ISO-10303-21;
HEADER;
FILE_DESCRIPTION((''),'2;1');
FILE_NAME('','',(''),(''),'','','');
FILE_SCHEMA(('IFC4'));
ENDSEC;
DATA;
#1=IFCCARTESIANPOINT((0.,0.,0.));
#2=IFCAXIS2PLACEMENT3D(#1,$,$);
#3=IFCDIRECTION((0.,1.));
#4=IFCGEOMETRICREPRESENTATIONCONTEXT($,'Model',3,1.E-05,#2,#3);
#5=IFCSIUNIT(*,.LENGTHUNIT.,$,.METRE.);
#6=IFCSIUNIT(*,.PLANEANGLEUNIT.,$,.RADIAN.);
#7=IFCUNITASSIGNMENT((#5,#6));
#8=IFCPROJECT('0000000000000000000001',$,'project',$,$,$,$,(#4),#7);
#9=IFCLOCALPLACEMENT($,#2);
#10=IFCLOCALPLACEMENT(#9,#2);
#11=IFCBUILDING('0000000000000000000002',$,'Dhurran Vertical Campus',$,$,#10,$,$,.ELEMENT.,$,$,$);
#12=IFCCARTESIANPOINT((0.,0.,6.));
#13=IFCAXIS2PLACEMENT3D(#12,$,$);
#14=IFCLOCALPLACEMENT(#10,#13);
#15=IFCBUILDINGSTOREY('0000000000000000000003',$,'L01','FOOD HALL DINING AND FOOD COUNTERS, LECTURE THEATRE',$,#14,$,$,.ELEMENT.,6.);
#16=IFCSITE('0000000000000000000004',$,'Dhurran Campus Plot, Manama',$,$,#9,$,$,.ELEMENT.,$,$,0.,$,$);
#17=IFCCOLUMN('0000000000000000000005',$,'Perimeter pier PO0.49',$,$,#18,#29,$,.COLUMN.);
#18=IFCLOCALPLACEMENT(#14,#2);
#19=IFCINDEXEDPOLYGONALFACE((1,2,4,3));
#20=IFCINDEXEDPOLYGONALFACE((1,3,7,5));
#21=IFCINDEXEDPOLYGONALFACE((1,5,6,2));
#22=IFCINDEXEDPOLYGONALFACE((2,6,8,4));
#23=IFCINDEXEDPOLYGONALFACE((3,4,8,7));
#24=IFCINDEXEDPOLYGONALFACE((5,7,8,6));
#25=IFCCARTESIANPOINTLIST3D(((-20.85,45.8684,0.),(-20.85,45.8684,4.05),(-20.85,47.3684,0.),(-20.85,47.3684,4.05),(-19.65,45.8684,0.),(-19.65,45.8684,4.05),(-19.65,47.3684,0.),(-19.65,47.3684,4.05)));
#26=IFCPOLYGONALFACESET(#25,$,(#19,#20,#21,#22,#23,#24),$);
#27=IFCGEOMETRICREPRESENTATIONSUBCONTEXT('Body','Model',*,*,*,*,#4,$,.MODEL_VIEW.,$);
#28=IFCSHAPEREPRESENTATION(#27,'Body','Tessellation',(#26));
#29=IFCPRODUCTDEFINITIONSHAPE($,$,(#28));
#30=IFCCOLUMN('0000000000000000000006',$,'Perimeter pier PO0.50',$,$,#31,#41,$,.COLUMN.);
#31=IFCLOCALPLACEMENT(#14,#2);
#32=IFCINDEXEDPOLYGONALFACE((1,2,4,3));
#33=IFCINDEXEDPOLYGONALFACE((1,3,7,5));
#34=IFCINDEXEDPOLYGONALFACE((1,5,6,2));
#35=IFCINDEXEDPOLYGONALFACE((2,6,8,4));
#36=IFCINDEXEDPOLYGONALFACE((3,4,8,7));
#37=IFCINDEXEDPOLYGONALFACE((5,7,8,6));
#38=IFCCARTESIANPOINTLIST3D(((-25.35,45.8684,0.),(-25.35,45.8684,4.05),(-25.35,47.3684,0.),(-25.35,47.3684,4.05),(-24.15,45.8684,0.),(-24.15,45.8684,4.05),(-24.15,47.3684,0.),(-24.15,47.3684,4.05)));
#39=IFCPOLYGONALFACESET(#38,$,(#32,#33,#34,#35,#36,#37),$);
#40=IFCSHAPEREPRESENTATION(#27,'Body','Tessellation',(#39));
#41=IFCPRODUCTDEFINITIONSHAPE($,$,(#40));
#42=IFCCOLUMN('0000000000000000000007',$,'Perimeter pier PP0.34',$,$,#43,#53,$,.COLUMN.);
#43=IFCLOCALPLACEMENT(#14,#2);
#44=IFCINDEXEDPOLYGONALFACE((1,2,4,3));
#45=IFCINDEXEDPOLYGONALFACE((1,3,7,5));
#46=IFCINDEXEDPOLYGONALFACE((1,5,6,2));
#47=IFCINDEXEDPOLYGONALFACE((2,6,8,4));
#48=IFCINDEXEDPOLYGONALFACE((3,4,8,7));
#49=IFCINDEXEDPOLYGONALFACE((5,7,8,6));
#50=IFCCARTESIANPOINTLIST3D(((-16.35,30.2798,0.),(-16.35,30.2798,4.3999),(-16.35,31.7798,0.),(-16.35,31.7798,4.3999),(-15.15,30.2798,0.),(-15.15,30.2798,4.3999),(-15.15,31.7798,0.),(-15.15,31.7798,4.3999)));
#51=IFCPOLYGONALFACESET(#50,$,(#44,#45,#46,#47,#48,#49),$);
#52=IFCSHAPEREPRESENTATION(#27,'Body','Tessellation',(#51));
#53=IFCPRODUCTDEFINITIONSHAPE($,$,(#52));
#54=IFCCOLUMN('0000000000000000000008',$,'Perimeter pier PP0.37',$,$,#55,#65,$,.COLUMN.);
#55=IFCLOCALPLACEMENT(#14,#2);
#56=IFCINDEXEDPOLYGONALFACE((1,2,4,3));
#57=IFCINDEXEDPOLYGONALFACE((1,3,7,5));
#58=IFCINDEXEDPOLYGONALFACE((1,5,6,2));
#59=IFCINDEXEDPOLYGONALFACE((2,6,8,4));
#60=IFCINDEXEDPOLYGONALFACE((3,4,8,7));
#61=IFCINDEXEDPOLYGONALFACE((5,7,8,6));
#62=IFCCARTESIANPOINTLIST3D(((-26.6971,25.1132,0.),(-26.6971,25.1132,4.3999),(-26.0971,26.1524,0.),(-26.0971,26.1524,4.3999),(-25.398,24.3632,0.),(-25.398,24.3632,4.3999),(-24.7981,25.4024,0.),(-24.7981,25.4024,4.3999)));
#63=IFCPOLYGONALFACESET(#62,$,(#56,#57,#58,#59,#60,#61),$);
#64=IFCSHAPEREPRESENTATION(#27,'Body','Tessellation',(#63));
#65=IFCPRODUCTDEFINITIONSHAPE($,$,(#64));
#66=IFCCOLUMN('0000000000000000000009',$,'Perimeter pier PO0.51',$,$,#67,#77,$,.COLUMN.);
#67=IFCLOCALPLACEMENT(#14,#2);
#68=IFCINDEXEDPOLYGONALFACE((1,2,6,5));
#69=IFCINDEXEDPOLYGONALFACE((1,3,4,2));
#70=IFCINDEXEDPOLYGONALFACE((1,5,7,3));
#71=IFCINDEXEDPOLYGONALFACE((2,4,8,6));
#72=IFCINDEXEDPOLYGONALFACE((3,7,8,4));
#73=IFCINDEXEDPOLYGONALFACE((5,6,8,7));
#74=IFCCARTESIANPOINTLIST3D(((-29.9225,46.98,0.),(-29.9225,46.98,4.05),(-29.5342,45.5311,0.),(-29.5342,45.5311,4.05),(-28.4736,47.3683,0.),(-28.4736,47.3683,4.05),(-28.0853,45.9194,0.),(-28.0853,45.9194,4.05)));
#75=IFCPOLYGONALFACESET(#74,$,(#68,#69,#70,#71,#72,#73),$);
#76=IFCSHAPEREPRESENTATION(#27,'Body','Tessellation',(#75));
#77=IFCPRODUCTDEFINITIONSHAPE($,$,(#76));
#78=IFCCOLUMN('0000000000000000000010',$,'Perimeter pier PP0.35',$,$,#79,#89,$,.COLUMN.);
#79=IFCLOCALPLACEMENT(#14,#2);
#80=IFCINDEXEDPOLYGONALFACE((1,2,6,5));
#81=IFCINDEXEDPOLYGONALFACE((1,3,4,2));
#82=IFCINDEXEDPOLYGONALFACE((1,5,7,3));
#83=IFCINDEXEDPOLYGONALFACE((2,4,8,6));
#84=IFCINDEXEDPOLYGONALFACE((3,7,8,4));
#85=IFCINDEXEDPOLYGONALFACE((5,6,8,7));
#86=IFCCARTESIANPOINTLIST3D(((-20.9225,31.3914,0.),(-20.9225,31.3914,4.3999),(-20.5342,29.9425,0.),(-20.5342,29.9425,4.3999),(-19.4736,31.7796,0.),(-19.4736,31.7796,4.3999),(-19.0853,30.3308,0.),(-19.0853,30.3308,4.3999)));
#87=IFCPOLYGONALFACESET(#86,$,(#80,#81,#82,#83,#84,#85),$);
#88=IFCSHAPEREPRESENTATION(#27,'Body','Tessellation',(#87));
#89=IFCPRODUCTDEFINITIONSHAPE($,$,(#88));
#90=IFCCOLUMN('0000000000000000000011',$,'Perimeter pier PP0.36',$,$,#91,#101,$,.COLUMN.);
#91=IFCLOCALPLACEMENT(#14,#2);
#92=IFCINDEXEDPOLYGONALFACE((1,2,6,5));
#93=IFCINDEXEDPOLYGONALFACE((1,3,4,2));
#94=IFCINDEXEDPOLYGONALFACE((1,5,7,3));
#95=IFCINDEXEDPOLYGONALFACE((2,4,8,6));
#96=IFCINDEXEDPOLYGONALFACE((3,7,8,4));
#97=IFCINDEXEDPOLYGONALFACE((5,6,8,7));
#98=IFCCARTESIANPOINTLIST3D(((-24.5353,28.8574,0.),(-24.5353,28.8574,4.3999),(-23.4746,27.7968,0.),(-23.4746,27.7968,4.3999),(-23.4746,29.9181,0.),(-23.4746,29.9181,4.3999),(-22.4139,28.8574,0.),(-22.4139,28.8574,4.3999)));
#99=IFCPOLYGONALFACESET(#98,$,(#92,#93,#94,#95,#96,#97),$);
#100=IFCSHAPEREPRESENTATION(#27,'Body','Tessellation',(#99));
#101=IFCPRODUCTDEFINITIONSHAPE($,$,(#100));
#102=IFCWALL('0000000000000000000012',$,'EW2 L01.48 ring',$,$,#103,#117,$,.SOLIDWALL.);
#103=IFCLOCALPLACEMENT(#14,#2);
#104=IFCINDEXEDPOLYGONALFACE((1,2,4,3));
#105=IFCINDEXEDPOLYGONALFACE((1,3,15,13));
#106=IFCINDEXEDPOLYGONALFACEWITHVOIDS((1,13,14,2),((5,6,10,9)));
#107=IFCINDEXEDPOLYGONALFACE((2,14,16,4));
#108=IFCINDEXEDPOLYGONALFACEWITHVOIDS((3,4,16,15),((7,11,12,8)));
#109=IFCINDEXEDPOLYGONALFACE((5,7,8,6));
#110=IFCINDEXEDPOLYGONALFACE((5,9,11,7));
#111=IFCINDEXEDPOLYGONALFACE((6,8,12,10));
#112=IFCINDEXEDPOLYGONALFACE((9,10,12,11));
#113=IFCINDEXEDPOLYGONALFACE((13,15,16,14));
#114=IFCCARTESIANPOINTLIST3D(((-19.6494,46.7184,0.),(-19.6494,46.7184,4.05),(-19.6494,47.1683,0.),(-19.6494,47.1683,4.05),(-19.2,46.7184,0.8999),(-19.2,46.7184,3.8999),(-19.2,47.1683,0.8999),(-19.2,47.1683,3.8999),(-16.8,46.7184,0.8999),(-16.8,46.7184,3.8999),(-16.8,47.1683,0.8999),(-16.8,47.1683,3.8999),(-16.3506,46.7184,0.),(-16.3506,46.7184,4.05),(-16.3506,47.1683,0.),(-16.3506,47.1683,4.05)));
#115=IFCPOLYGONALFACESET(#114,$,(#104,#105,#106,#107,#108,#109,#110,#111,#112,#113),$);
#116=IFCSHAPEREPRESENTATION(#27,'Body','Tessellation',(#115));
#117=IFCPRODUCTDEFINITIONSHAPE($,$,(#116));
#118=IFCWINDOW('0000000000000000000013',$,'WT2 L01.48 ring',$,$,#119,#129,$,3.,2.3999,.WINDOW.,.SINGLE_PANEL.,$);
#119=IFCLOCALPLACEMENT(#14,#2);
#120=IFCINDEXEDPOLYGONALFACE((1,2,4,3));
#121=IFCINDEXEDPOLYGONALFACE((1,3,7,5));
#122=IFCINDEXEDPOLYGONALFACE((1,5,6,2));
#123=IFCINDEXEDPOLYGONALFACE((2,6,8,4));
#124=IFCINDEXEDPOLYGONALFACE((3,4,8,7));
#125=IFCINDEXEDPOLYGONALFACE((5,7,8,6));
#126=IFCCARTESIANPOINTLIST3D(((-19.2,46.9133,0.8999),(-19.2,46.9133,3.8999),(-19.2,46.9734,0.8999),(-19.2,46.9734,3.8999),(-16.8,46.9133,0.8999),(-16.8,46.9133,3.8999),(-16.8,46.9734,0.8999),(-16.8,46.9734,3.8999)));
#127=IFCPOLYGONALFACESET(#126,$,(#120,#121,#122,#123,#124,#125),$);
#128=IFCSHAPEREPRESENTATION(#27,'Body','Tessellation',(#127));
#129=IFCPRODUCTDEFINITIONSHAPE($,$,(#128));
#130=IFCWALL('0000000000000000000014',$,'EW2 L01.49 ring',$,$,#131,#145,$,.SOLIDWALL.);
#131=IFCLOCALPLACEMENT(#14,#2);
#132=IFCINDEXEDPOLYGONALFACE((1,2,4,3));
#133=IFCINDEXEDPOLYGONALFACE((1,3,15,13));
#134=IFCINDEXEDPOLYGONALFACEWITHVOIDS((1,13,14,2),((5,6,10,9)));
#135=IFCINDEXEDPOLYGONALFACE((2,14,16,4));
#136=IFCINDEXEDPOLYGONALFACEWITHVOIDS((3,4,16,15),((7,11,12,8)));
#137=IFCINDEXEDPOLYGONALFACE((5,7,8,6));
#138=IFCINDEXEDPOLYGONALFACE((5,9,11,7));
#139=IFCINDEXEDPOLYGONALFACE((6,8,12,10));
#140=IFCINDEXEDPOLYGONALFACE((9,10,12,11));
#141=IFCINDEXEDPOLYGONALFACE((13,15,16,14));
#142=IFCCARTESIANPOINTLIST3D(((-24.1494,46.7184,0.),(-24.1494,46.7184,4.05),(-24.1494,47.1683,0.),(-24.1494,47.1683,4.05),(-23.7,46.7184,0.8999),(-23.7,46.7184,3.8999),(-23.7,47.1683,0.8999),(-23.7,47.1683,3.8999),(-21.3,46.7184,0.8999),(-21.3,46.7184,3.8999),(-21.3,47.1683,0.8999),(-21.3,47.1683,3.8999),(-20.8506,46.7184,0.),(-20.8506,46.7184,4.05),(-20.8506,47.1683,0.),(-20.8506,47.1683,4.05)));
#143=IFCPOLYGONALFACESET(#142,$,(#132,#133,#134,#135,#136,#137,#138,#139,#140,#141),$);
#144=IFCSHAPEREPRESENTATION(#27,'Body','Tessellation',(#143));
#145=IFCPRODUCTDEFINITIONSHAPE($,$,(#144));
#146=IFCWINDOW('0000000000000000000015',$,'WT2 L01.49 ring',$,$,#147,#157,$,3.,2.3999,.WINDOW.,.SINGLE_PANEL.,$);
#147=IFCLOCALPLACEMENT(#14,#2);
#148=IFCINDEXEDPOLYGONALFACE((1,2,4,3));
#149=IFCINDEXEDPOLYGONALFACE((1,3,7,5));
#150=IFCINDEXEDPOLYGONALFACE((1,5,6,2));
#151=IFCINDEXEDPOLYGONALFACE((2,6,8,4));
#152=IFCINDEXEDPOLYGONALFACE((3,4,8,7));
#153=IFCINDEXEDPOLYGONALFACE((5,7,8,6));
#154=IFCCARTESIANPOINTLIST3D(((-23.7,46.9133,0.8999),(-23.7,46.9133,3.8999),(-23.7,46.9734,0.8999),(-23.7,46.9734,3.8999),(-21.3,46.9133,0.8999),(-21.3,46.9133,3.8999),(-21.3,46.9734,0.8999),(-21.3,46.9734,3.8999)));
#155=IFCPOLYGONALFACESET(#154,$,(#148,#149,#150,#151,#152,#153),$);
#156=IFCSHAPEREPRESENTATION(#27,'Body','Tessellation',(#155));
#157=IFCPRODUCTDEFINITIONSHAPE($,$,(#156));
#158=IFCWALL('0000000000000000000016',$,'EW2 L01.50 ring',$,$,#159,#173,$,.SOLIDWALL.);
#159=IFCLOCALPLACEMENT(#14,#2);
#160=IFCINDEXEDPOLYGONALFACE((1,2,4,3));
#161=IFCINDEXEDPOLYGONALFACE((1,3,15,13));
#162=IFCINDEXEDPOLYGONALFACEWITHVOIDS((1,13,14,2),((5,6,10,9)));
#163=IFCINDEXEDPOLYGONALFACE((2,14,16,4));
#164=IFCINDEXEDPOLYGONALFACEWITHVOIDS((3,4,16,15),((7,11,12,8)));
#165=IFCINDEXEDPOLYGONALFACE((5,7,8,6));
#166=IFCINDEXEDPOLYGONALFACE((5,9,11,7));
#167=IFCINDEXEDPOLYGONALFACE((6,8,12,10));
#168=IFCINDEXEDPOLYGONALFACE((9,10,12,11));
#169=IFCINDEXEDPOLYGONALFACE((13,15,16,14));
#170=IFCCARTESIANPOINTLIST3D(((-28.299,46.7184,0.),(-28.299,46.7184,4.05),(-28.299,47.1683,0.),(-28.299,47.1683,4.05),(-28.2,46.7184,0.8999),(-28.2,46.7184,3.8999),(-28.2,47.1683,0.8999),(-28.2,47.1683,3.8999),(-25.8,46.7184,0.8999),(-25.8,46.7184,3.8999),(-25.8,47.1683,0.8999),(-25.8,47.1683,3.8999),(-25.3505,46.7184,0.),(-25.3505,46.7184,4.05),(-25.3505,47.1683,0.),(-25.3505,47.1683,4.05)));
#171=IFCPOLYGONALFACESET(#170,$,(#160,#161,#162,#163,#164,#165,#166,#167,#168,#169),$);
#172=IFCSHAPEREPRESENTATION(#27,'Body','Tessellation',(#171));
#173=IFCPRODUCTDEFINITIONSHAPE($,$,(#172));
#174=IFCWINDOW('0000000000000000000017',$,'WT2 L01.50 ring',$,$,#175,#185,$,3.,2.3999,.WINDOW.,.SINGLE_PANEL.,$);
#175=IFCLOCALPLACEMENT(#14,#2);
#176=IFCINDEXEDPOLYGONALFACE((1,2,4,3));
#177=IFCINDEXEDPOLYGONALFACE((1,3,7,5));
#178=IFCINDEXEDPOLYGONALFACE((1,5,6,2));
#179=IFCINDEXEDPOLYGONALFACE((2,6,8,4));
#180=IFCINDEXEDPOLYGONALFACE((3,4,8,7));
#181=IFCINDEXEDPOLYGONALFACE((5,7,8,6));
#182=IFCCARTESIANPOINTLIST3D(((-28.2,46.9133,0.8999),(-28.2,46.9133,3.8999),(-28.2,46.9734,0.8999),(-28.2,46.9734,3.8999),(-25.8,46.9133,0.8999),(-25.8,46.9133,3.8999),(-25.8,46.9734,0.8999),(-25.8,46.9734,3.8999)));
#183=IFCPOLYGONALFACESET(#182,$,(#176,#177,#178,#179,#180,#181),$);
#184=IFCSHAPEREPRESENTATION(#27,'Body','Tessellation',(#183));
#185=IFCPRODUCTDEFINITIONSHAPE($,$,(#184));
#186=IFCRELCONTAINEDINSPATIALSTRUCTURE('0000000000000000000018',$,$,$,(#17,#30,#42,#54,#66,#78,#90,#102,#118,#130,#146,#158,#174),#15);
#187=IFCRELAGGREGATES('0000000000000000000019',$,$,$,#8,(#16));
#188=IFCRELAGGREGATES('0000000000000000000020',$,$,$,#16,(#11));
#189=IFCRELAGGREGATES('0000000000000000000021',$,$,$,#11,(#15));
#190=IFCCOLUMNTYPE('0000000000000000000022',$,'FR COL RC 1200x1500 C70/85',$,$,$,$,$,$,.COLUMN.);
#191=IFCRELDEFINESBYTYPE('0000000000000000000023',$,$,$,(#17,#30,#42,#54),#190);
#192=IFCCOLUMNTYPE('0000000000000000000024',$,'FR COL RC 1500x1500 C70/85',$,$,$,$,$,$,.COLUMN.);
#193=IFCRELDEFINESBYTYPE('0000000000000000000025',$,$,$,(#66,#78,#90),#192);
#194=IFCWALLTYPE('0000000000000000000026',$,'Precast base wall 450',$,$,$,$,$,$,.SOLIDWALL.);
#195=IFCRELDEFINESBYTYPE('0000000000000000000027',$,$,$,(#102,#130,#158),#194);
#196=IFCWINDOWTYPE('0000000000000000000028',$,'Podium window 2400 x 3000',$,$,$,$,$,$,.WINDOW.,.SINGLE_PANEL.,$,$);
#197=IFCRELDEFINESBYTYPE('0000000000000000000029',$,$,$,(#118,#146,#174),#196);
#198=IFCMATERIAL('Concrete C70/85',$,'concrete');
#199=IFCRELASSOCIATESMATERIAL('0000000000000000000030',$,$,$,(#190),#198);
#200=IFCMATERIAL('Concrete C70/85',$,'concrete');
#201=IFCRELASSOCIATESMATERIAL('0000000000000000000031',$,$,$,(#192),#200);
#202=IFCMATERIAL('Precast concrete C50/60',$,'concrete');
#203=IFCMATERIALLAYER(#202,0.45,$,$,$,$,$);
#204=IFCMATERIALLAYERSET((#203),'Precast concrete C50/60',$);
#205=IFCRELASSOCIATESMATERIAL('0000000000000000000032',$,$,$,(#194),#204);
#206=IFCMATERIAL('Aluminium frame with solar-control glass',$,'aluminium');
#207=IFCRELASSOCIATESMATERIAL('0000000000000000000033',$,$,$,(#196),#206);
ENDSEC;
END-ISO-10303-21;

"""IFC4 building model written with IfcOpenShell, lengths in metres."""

from ifc_helpers import new_model, si_unit, direction, frame, frame_2d, origin, origin_2d, place, context, subcontext, project, spatial, rectangle, extrude, material, layer, layer_set, material_profile, profile_set, type_object, element, fill, save


model = new_model("IFC4")

# Units and contexts
model_context = context("Model", 3, precision=1e-05, world=origin(), true_north=direction((0.0, 1.0)))
body_context = subcontext(model_context, "Body", "Model", "MODEL_VIEW")
ifc_project = project(units=[si_unit("LENGTHUNIT", "METRE"), si_unit("PLANEANGLEUNIT", "RADIAN")], contexts=[model_context])

# Site, building, storey
site_placement = place(None, origin())
site = spatial("IfcSite", under=ifc_project, at=site_placement, Name="Dhurran Campus Plot, Manama", CompositionType="ELEMENT", RefElevation=0.0)
building_placement = place(site_placement, origin())
building = spatial("IfcBuilding", under=site, at=building_placement, Name="Dhurran Vertical Campus", CompositionType="ELEMENT")
storey_placement = place(building_placement, frame((0.0, 0.0, 6.0)))
storey = spatial("IfcBuildingStorey", under=building, at=storey_placement, Name="L01", Description="FOOD HALL DINING AND FOOD COUNTERS, LECTURE THEATRE", CompositionType="ELEMENT", Elevation=6.0)

# Columns
ifc_material_1 = material(Name="Concrete C70/85", Category="concrete")
ifc_material_profile_1 = material_profile(ifc_material_1, rectangle(XDim=1.2, YDim=1.5, at=origin_2d()), Name="RC 1200x1500")
ifc_profile_set_1 = profile_set([ifc_material_profile_1], Name="Concrete C70/85")
column_type_1 = type_object("IfcColumnType", Name="FR COL RC 1200x1500 C70/85", PredefinedType="COLUMN", material=ifc_profile_set_1)
for number, where, z_axis, x_axis, name in (
    (1, (-20.25, 46.6184, 0.0), (0.0, 0.0, 1.0), (-1.0, 0.0, 0.0), "Perimeter pier PO0.49"),
    (2, (-24.75, 46.6184, 0.0), (0.0, 0.0, 1.0), (-1.0, 0.0, 0.0), "Perimeter pier PO0.50"),
):
    element("IfcColumn", number, at=place(storey_placement, frame(where, z_axis=z_axis, x_axis=x_axis)), inside=storey, type_object=column_type_1, Name=name, PredefinedType="COLUMN", context=body_context, shape_type="SweptSolid", body=[
        extrude(rectangle(XDim=1.2, YDim=1.5, at=origin_2d()), origin(), (0.0, 0.0, 1.0), 4.05),
    ])
for number, where, z_axis, x_axis, name in (
    (3, (-15.75, 31.0298, 0.0), (0.0, 0.0, 1.0), (-1.0, 0.0, 0.0), "Perimeter pier PP0.34"),
    (4, (-25.7476, 25.2578, 0.0), (0.0, 0.0, 1.0), (-0.5, -0.866025, 0.0), "Perimeter pier PP0.37"),
):
    element("IfcColumn", number, at=place(storey_placement, frame(where, z_axis=z_axis, x_axis=x_axis)), inside=storey, type_object=column_type_1, Name=name, PredefinedType="COLUMN", context=body_context, shape_type="SweptSolid", body=[
        extrude(rectangle(XDim=1.2, YDim=1.5, at=origin_2d()), origin(), (0.0, 0.0, 1.0), 4.3999),
    ])
ifc_material_2 = material(Name="Concrete C70/85", Category="concrete")
ifc_material_profile_2 = material_profile(ifc_material_2, rectangle(XDim=1.5, YDim=1.5, at=origin_2d()), Name="RC 1500x1500")
ifc_profile_set_2 = profile_set([ifc_material_profile_2], Name="Concrete C70/85")
column_type_2 = type_object("IfcColumnType", Name="FR COL RC 1500x1500 C70/85", PredefinedType="COLUMN", material=ifc_profile_set_2)
column_placement = place(storey_placement, frame((-29.0039, 46.4497, 0.0), z_axis=(0.0, 0.0, 1.0), x_axis=(-0.965926, -0.258819, 0.0)))
element("IfcColumn", 5, at=column_placement, inside=storey, type_object=column_type_2, Name="Perimeter pier PO0.51", PredefinedType="COLUMN", context=body_context, shape_type="SweptSolid", body=[
    extrude(rectangle(XDim=1.5, YDim=1.5, at=origin_2d()), origin(), (0.0, 0.0, 1.0), 4.05),
])
for number, where, z_axis, x_axis, name in (
    (6, (-20.0039, 30.8611, 0.0), (0.0, 0.0, 1.0), (-0.965926, -0.258819, 0.0), "Perimeter pier PP0.35"),
    (7, (-23.4746, 28.8574, 0.0), (0.0, 0.0, 1.0), (-0.707107, -0.707107, 0.0), "Perimeter pier PP0.36"),
):
    element("IfcColumn", number, at=place(storey_placement, frame(where, z_axis=z_axis, x_axis=x_axis)), inside=storey, type_object=column_type_2, Name=name, PredefinedType="COLUMN", context=body_context, shape_type="SweptSolid", body=[
        extrude(rectangle(XDim=1.5, YDim=1.5, at=origin_2d()), origin(), (0.0, 0.0, 1.0), 4.3999),
    ])

# Walls, openings, windows
ifc_material_3 = material(Name="Precast concrete C50/60", Category="concrete")
ifc_layer_1 = layer(ifc_material_3, 0.45)
ifc_layer_set_1 = layer_set([ifc_layer_1], Name="Precast concrete C50/60")
wall_type_1 = type_object("IfcWallType", Name="Precast base wall 450", PredefinedType="SOLIDWALL", material=ifc_layer_set_1)
wall_1_placement = place(storey_placement, frame((-16.3506, 46.9434, 0.0), z_axis=(0.0, 0.0, 1.0), x_axis=(-1.0, 0.0, 0.0)))
wall_1 = element("IfcWall", 8, at=wall_1_placement, inside=storey, type_object=wall_type_1, Name="EW2 L01.48 ring", PredefinedType="SOLIDWALL", context=body_context, shape_type="SweptSolid", body=[
    extrude(rectangle(XDim=3.2988, YDim=0.45, at=frame_2d((1.6494, 0.0))), origin(), (0.0, 0.0, 1.0), 4.05),
])
opening_1_placement = place(wall_1_placement, frame((0.4495, 0.0, 0.8999)))
opening_1 = element("IfcOpeningElement", 9, at=opening_1_placement, cuts=wall_1, PredefinedType="OPENING", context=body_context, shape_type="SweptSolid", body=[
    extrude(rectangle(XDim=2.3999, YDim=3.0, at=frame_2d((1.2, 1.5))), frame((0.0, 0.2349, 0.0), z_axis=(0.0, -1.0, 0.0), x_axis=(1.0, 0.0, 0.0)), (0.0, 0.0, 1.0), 0.47),
])
ifc_material_4 = material(Name="Aluminium frame with solar-control glass", Category="aluminium")
window_type = type_object("IfcWindowType", Name="Podium window 2400 x 3000", PartitioningType="SINGLE_PANEL", PredefinedType="WINDOW", material=ifc_material_4)
window_1_placement = place(opening_1_placement, origin())
window_1 = element("IfcWindow", 10, at=window_1_placement, inside=storey, type_object=window_type, Name="WT2 L01.48 ring", OverallHeight=3.0, OverallWidth=2.3999, PartitioningType="SINGLE_PANEL", PredefinedType="WINDOW", context=body_context, shape_type="SweptSolid", body=[
    extrude(rectangle(XDim=2.3999, YDim=3.0, at=frame_2d((1.2, 1.5))), frame((0.0, 0.03, 0.0), z_axis=(0.0, -1.0, 0.0), x_axis=(1.0, 0.0, 0.0)), (0.0, 0.0, 1.0), 0.0601),
])
fill(opening_1, window_1)
wall_2_placement = place(storey_placement, frame((-20.8506, 46.9434, 0.0), z_axis=(0.0, 0.0, 1.0), x_axis=(-1.0, 0.0, 0.0)))
wall_2 = element("IfcWall", 11, at=wall_2_placement, inside=storey, type_object=wall_type_1, Name="EW2 L01.49 ring", PredefinedType="SOLIDWALL", context=body_context, shape_type="SweptSolid", body=[
    extrude(rectangle(XDim=3.2988, YDim=0.45, at=frame_2d((1.6494, 0.0))), origin(), (0.0, 0.0, 1.0), 4.05),
])
opening_2_placement = place(wall_2_placement, frame((0.4495, 0.0, 0.8999)))
opening_2 = element("IfcOpeningElement", 12, at=opening_2_placement, cuts=wall_2, PredefinedType="OPENING", context=body_context, shape_type="SweptSolid", body=[
    extrude(rectangle(XDim=2.3999, YDim=3.0, at=frame_2d((1.2, 1.5))), frame((0.0, 0.2349, 0.0), z_axis=(0.0, -1.0, 0.0), x_axis=(1.0, 0.0, 0.0)), (0.0, 0.0, 1.0), 0.47),
])
window_2_placement = place(opening_2_placement, origin())
window_2 = element("IfcWindow", 13, at=window_2_placement, inside=storey, type_object=window_type, Name="WT2 L01.49 ring", OverallHeight=3.0, OverallWidth=2.3999, PartitioningType="SINGLE_PANEL", PredefinedType="WINDOW", context=body_context, shape_type="SweptSolid", body=[
    extrude(rectangle(XDim=2.3999, YDim=3.0, at=frame_2d((1.2, 1.5))), frame((0.0, 0.03, 0.0), z_axis=(0.0, -1.0, 0.0), x_axis=(1.0, 0.0, 0.0)), (0.0, 0.0, 1.0), 0.0601),
])
fill(opening_2, window_2)
wall_3_placement = place(storey_placement, frame((-25.3506, 46.9434, 0.0), z_axis=(0.0, 0.0, 1.0), x_axis=(-1.0, 0.0, 0.0)))
wall_3 = element("IfcWall", 14, at=wall_3_placement, inside=storey, type_object=wall_type_1, Name="EW2 L01.50 ring", PredefinedType="SOLIDWALL", context=body_context, shape_type="SweptSolid", body=[
    extrude(rectangle(XDim=2.9485, YDim=0.45, at=frame_2d((1.4741, 0.0))), origin(), (0.0, 0.0, 1.0), 4.05),
])
opening_3_placement = place(wall_3_placement, frame((0.4495, 0.0, 0.8999)))
opening_3 = element("IfcOpeningElement", 15, at=opening_3_placement, cuts=wall_3, PredefinedType="OPENING", context=body_context, shape_type="SweptSolid", body=[
    extrude(rectangle(XDim=2.3999, YDim=3.0, at=frame_2d((1.2, 1.5))), frame((0.0, 0.2349, 0.0), z_axis=(0.0, -1.0, 0.0), x_axis=(1.0, 0.0, 0.0)), (0.0, 0.0, 1.0), 0.47),
])
window_3_placement = place(opening_3_placement, origin())
window_3 = element("IfcWindow", 16, at=window_3_placement, inside=storey, type_object=window_type, Name="WT2 L01.50 ring", OverallHeight=3.0, OverallWidth=2.3999, PartitioningType="SINGLE_PANEL", PredefinedType="WINDOW", context=body_context, shape_type="SweptSolid", body=[
    extrude(rectangle(XDim=2.3999, YDim=3.0, at=frame_2d((1.2, 1.5))), frame((0.0, 0.03, 0.0), z_axis=(0.0, -1.0, 0.0), x_axis=(1.0, 0.0, 0.0)), (0.0, 0.0, 1.0), 0.0601),
])
fill(opening_3, window_3)

save(model, "model.ifc")
